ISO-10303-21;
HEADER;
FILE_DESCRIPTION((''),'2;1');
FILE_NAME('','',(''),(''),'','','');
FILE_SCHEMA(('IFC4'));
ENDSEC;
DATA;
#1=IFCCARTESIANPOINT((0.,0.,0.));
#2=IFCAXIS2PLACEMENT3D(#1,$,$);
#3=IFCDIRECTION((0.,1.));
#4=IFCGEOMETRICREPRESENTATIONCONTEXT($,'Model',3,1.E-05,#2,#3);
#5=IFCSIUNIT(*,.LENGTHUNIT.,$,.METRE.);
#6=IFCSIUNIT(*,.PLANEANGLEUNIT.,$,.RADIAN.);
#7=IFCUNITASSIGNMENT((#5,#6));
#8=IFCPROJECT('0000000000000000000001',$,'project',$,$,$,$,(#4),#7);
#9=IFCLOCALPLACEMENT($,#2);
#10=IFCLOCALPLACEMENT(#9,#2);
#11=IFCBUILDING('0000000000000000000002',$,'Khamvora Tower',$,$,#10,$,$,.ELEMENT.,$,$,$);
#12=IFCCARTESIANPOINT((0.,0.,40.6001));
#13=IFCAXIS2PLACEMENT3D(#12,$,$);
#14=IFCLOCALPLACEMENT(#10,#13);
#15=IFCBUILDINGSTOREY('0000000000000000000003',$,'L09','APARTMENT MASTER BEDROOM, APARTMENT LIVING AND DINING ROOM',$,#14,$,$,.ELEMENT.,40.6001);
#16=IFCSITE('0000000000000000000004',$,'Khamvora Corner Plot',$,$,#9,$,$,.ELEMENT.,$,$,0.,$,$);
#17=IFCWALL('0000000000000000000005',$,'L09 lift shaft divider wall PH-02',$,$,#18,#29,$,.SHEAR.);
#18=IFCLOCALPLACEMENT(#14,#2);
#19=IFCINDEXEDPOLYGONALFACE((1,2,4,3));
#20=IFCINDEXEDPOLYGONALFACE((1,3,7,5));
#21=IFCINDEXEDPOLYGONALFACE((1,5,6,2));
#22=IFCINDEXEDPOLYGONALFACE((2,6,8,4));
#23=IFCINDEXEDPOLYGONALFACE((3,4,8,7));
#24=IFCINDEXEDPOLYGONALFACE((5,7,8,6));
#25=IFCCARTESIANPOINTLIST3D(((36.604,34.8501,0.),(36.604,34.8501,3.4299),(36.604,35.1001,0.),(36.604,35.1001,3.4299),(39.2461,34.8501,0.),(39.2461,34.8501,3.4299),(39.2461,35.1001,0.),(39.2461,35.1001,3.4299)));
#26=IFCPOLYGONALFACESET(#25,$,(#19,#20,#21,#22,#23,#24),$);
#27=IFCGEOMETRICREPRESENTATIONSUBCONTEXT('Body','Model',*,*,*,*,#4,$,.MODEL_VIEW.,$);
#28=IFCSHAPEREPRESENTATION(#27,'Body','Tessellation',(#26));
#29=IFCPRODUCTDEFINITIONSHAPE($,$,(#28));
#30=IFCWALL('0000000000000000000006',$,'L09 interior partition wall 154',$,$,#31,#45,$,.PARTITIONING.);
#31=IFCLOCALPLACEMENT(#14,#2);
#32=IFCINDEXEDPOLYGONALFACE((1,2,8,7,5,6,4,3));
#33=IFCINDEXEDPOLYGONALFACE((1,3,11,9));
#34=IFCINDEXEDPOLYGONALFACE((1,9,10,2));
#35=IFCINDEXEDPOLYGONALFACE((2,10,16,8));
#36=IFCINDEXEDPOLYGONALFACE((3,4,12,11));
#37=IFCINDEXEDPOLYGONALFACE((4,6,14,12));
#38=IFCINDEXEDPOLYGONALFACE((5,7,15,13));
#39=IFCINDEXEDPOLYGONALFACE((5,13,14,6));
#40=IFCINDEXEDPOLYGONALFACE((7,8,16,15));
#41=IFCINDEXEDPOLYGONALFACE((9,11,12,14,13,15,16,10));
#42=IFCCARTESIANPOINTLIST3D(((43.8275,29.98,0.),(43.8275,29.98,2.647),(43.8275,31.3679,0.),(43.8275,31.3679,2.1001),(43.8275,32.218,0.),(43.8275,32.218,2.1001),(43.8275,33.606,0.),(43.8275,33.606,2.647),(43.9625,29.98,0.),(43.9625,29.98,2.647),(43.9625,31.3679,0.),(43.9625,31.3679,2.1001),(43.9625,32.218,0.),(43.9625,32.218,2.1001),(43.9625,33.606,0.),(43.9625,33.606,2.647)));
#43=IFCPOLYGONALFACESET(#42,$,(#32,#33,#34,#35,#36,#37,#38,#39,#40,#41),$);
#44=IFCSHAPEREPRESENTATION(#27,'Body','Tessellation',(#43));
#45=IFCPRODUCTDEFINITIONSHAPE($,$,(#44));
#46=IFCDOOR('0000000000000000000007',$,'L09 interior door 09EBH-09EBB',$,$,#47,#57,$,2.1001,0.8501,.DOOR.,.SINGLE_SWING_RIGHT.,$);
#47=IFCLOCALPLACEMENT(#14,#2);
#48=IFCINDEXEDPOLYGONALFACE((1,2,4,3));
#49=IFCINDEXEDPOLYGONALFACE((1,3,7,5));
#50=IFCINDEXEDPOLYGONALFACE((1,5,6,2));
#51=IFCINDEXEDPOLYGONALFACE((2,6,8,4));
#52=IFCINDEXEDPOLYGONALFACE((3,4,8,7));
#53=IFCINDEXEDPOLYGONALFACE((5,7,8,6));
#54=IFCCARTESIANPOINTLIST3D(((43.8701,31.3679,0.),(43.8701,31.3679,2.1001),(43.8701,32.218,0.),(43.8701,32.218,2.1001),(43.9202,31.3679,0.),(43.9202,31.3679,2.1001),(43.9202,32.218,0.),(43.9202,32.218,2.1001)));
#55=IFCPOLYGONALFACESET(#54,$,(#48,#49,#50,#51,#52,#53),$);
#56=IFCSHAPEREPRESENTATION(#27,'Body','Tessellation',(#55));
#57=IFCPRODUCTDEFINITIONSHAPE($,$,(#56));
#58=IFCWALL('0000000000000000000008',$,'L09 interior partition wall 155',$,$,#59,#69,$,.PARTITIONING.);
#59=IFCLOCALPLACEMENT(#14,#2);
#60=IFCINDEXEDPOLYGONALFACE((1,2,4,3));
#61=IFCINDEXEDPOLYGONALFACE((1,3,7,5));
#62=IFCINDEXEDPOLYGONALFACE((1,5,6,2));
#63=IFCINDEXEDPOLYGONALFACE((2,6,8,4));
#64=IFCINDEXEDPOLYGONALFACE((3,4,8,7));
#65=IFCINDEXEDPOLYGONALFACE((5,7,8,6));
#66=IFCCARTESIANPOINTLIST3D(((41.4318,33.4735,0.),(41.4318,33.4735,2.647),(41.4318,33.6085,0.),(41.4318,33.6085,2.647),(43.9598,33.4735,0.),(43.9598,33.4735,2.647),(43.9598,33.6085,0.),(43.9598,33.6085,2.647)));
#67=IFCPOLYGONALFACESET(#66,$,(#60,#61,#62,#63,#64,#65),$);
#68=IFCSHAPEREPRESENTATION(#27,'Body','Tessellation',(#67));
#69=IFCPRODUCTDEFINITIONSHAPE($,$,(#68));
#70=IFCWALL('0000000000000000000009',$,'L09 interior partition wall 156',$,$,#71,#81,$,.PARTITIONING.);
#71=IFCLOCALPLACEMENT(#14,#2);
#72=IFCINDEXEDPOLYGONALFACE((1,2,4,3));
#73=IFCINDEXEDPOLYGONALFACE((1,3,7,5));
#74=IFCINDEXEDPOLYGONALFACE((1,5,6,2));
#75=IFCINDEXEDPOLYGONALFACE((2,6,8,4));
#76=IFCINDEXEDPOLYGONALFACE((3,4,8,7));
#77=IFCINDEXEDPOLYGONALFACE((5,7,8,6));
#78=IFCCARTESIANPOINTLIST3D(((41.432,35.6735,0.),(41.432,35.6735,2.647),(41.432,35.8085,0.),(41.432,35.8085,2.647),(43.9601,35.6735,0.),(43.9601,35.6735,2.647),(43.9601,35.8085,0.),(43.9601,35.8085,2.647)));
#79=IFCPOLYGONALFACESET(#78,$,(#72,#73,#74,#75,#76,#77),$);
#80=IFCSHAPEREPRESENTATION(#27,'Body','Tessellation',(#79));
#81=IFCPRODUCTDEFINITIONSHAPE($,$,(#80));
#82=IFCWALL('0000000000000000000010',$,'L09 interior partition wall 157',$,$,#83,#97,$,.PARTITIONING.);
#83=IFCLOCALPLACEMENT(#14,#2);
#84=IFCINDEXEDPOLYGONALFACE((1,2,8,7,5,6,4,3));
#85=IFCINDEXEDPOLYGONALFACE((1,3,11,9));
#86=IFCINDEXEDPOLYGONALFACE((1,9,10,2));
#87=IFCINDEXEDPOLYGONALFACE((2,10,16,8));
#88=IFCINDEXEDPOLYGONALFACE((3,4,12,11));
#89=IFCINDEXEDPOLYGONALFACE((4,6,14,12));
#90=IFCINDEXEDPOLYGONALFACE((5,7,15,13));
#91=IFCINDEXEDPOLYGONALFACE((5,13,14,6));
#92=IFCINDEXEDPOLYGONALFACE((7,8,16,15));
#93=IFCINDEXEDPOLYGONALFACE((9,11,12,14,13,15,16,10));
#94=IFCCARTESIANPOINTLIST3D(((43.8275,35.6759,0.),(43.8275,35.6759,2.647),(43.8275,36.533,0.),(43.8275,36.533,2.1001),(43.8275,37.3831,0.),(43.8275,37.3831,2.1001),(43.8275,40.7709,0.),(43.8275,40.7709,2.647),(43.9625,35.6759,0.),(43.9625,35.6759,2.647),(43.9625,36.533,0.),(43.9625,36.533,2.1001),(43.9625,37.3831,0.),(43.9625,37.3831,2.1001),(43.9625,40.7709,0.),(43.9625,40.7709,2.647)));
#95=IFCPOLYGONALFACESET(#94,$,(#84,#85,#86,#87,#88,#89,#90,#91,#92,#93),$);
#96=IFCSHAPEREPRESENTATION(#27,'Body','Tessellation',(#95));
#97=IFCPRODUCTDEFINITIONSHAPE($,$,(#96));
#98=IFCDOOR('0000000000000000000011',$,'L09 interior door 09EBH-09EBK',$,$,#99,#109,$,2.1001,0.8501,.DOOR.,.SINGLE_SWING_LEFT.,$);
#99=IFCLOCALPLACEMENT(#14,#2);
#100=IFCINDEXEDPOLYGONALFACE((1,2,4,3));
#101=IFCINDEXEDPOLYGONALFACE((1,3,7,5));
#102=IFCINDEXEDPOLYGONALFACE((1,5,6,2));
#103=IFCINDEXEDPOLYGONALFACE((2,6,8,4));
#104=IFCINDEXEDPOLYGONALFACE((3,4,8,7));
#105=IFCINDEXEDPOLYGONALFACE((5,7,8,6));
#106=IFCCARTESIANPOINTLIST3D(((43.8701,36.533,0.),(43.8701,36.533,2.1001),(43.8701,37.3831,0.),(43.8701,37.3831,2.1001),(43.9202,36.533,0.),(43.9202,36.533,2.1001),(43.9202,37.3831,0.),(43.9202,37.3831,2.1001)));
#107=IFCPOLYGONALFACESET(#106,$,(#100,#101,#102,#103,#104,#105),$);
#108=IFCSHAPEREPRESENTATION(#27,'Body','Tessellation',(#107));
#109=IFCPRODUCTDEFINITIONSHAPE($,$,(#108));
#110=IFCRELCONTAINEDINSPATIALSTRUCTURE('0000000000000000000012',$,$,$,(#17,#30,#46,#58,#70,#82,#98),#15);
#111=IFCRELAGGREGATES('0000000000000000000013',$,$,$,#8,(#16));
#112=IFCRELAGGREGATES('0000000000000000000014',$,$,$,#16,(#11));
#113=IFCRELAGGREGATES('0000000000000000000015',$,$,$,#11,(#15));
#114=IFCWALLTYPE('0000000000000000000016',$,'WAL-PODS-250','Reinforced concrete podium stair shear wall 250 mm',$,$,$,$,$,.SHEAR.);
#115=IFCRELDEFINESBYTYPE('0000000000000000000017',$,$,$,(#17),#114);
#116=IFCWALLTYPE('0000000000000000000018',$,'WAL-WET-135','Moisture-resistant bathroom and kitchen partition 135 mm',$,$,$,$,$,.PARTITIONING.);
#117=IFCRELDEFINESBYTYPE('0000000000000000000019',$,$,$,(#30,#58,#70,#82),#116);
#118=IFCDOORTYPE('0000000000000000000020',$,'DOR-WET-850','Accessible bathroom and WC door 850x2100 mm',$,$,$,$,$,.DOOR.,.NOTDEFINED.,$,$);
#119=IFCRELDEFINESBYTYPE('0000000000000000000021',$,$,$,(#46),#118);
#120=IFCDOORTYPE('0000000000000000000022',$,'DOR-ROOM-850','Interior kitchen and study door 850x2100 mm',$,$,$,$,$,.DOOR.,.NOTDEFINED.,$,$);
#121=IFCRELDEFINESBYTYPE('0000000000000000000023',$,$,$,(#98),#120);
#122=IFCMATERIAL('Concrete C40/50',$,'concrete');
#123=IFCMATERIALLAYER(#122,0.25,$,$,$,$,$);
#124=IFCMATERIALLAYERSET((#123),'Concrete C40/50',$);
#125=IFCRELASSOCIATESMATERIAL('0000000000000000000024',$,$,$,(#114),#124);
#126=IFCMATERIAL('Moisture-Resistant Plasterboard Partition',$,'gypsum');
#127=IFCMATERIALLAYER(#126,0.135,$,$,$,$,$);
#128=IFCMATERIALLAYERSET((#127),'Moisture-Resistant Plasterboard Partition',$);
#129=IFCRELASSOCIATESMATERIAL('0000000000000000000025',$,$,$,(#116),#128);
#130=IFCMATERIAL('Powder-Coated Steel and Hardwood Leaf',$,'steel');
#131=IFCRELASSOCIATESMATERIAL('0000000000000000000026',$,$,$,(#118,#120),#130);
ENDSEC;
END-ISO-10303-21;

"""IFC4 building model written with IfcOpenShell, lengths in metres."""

from ifc_helpers import new_model, si_unit, direction, frame, frame_2d, origin, place, context, subcontext, project, spatial, rectangle, extrude, material, layer, layer_set, type_object, element, fill, save


model = new_model("IFC4")

# Units and contexts
model_context = context("Model", 3, precision=1e-05, world=origin(), true_north=direction((0.0, 1.0)))
body_context = subcontext(model_context, "Body", "Model", "MODEL_VIEW")
ifc_project = project(units=[si_unit("LENGTHUNIT", "METRE"), si_unit("PLANEANGLEUNIT", "RADIAN")], contexts=[model_context])

# Site, building, storey
site_placement = place(None, origin())
site = spatial("IfcSite", under=ifc_project, at=site_placement, Name="Khamvora Corner Plot", CompositionType="ELEMENT", RefElevation=0.0)
building_placement = place(site_placement, origin())
building = spatial("IfcBuilding", under=site, at=building_placement, Name="Khamvora Tower", CompositionType="ELEMENT")
storey_placement = place(building_placement, frame((0.0, 0.0, 40.6001)))
storey = spatial("IfcBuildingStorey", under=building, at=storey_placement, Name="L09", Description="APARTMENT MASTER BEDROOM, APARTMENT LIVING AND DINING ROOM", CompositionType="ELEMENT", Elevation=40.6001)

# Shared definitions
ifc_material_1 = material(Name="Powder-Coated Steel and Hardwood Leaf", Category="steel")

# Wall
ifc_material_2 = material(Name="Concrete C40/50", Category="concrete")
ifc_layer_1 = layer(ifc_material_2, 0.25)
ifc_layer_set_1 = layer_set([ifc_layer_1], Name="Concrete C40/50")
wall_type_1 = type_object("IfcWallType", Name="WAL-PODS-250", Description="Reinforced concrete podium stair shear wall 250 mm", PredefinedType="SHEAR", material=ifc_layer_set_1)
for number, where, z_axis, x_axis, name in (
    (1, (36.604, 34.9751, 0.0), (0.0, 0.0, 1.0), (1.0, 0.0, 0.0), "L09 lift shaft divider wall PH-02"),
):
    element("IfcWall", number, at=place(storey_placement, frame(where, z_axis=z_axis, x_axis=x_axis)), inside=storey, type_object=wall_type_1, Name=name, PredefinedType="SHEAR", context=body_context, shape_type="SweptSolid", body=[
        extrude(rectangle(XDim=2.6421, YDim=0.25, at=frame_2d((1.321, 0.0))), origin(), (0.0, 0.0, 1.0), 3.4299),
    ])

# Wall, opening, door
ifc_material_3 = material(Name="Moisture-Resistant Plasterboard Partition", Category="gypsum")
ifc_layer_2 = layer(ifc_material_3, 0.135)
ifc_layer_set_2 = layer_set([ifc_layer_2], Name="Moisture-Resistant Plasterboard Partition")
wall_type_2 = type_object("IfcWallType", Name="WAL-WET-135", Description="Moisture-resistant bathroom and kitchen partition 135 mm", PredefinedType="PARTITIONING", material=ifc_layer_set_2)
wall_1_placement = place(storey_placement, frame((43.895, 29.98, 0.0), z_axis=(0.0, 0.0, 1.0), x_axis=(0.0, 1.0, 0.0)))
wall_1 = element("IfcWall", 2, at=wall_1_placement, inside=storey, type_object=wall_type_2, Name="L09 interior partition wall 154", PredefinedType="PARTITIONING", context=body_context, shape_type="SweptSolid", body=[
    extrude(rectangle(XDim=3.626, YDim=0.135, at=frame_2d((1.813, 0.0))), origin(), (0.0, 0.0, 1.0), 2.647),
])
opening_1_placement = place(wall_1_placement, frame((1.3879, 0.0, 0.0)))
opening_1 = element("IfcOpeningElement", 3, at=opening_1_placement, cuts=wall_1, PredefinedType="OPENING", context=body_context, shape_type="SweptSolid", body=[
    extrude(rectangle(XDim=0.8501, YDim=2.1001, at=frame_2d((0.425, 1.05))), frame((0.0, 0.0774, 0.0), z_axis=(0.0, -1.0, 0.0), x_axis=(1.0, 0.0, 0.0)), (0.0, 0.0, 1.0), 0.155),
])
door_type_1 = type_object("IfcDoorType", Name="DOR-WET-850", Description="Accessible bathroom and WC door 850x2100 mm", OperationType="NOTDEFINED", PredefinedType="DOOR", material=ifc_material_1)
door_1_placement = place(opening_1_placement, origin())
door_1 = element("IfcDoor", 4, at=door_1_placement, inside=storey, type_object=door_type_1, Name="L09 interior door 09EBH-09EBB", OperationType="SINGLE_SWING_RIGHT", OverallHeight=2.1001, OverallWidth=0.8501, PredefinedType="DOOR", context=body_context, shape_type="SweptSolid", body=[
    extrude(rectangle(XDim=0.8501, YDim=2.1001, at=frame_2d((0.425, 1.05))), frame((0.0, 0.0249, 0.0), z_axis=(0.0, -1.0, 0.0), x_axis=(1.0, 0.0, 0.0)), (0.0, 0.0, 1.0), 0.05),
])
fill(opening_1, door_1)

# Walls
for number, where, z_axis, x_axis, name in (
    (5, (43.96, 33.541, 0.0), (0.0, 0.0, 1.0), (-1.0, 0.0, 0.0), "L09 interior partition wall 155"),
    (6, (41.4319, 35.741, 0.0), (0.0, 0.0, 1.0), (1.0, 0.0, 0.0), "L09 interior partition wall 156"),
):
    element("IfcWall", number, at=place(storey_placement, frame(where, z_axis=z_axis, x_axis=x_axis)), inside=storey, type_object=wall_type_2, Name=name, PredefinedType="PARTITIONING", context=body_context, shape_type="SweptSolid", body=[
        extrude(rectangle(XDim=2.5281, YDim=0.135, at=frame_2d((1.2642, 0.0))), origin(), (0.0, 0.0, 1.0), 2.647),
    ])

# Wall, opening, door
wall_2_placement = place(storey_placement, frame((43.895, 35.676, 0.0), z_axis=(0.0, 0.0, 1.0), x_axis=(0.0, 1.0, 0.0)))
wall_2 = element("IfcWall", 7, at=wall_2_placement, inside=storey, type_object=wall_type_2, Name="L09 interior partition wall 157", PredefinedType="PARTITIONING", context=body_context, shape_type="SweptSolid", body=[
    extrude(rectangle(XDim=5.095, YDim=0.135, at=frame_2d((2.5474, 0.0))), origin(), (0.0, 0.0, 1.0), 2.647),
])
opening_2_placement = place(wall_2_placement, frame((0.8569, 0.0, 0.0)))
opening_2 = element("IfcOpeningElement", 8, at=opening_2_placement, cuts=wall_2, PredefinedType="OPENING", context=body_context, shape_type="SweptSolid", body=[
    extrude(rectangle(XDim=0.8501, YDim=2.1001, at=frame_2d((0.425, 1.05))), frame((0.0, 0.0774, 0.0), z_axis=(0.0, -1.0, 0.0), x_axis=(1.0, 0.0, 0.0)), (0.0, 0.0, 1.0), 0.155),
])
door_type_2 = type_object("IfcDoorType", Name="DOR-ROOM-850", Description="Interior kitchen and study door 850x2100 mm", OperationType="NOTDEFINED", PredefinedType="DOOR", material=ifc_material_1)
door_2_placement = place(opening_2_placement, origin())
door_2 = element("IfcDoor", 9, at=door_2_placement, inside=storey, type_object=door_type_2, Name="L09 interior door 09EBH-09EBK", OperationType="SINGLE_SWING_LEFT", OverallHeight=2.1001, OverallWidth=0.8501, PredefinedType="DOOR", context=body_context, shape_type="SweptSolid", body=[
    extrude(rectangle(XDim=0.8501, YDim=2.1001, at=frame_2d((0.425, 1.05))), frame((0.0, 0.0249, 0.0), z_axis=(0.0, -1.0, 0.0), x_axis=(1.0, 0.0, 0.0)), (0.0, 0.0, 1.0), 0.05),
])
fill(opening_2, door_2)

save(model, "model.ifc")
